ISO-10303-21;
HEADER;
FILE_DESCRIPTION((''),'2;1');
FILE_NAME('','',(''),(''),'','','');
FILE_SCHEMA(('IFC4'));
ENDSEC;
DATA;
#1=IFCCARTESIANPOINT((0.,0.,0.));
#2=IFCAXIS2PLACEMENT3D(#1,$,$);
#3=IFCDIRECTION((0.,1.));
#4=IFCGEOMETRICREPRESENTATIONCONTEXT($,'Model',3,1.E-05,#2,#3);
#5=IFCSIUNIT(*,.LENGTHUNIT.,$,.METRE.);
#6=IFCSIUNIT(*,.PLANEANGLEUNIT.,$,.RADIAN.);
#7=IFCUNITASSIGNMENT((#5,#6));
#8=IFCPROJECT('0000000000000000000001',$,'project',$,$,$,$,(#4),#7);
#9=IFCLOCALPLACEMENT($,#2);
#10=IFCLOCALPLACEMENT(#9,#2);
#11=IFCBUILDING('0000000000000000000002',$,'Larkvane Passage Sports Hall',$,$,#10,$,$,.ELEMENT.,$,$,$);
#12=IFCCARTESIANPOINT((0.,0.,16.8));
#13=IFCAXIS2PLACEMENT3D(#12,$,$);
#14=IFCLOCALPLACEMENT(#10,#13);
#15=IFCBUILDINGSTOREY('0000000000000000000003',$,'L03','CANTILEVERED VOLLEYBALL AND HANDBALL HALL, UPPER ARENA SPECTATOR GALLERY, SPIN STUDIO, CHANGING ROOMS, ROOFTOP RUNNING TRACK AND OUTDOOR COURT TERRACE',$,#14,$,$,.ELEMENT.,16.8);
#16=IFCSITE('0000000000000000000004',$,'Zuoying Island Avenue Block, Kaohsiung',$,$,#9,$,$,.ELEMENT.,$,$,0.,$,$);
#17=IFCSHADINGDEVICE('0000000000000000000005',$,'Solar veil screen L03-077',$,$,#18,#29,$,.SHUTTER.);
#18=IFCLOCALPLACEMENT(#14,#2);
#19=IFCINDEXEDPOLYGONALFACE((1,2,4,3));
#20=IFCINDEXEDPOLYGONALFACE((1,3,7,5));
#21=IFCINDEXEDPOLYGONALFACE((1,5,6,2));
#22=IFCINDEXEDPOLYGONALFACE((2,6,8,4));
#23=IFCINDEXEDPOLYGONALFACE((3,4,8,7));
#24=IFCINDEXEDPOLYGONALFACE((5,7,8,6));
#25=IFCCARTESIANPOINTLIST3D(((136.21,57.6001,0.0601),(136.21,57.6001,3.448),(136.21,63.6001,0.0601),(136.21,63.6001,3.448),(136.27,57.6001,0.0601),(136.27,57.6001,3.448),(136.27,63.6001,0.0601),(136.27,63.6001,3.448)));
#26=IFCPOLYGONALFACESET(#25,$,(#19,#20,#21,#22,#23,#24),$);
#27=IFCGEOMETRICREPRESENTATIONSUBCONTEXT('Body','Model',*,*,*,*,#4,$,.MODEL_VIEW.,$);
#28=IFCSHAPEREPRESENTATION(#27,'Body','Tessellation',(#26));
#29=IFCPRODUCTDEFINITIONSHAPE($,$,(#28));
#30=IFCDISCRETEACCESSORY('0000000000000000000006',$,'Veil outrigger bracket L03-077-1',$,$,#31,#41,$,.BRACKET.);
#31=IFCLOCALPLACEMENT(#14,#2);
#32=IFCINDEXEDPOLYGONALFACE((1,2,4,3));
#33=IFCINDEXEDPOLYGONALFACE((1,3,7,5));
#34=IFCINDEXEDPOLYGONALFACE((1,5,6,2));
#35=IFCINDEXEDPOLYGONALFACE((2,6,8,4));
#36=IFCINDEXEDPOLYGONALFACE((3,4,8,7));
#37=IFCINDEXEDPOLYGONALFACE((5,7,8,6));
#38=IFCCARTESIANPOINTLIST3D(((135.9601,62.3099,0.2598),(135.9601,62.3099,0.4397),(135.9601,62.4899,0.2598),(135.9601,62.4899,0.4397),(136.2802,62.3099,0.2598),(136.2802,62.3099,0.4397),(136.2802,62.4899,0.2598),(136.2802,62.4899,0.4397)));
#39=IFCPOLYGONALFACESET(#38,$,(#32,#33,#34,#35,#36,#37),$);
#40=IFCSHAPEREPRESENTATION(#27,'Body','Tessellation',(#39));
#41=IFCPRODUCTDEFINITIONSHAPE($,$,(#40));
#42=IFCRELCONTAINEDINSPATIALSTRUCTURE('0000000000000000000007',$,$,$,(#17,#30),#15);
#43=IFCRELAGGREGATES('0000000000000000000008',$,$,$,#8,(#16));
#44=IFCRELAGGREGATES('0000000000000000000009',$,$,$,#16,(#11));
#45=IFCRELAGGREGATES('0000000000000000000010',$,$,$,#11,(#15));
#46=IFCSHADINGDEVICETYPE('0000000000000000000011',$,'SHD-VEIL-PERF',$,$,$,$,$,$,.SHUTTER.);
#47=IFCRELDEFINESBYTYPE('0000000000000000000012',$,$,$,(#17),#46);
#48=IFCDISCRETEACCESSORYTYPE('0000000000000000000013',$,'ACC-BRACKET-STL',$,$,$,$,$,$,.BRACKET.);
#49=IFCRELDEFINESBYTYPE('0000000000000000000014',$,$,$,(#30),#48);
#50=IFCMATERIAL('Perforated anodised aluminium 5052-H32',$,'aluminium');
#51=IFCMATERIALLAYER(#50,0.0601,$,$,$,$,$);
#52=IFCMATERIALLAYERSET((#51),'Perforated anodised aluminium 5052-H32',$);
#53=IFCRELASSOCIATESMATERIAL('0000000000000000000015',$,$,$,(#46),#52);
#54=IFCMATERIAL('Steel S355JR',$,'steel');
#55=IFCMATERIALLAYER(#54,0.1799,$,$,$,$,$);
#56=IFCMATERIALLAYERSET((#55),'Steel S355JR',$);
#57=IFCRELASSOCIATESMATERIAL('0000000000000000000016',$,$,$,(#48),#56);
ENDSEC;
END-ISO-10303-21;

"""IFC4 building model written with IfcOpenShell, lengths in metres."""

from ifc_helpers import new_model, si_unit, direction, frame, origin, origin_2d, place, context, subcontext, project, spatial, rectangle, extrude, material, layer, layer_set, type_object, element, save


model = new_model("IFC4")

# Units and contexts
model_context = context("Model", 3, precision=1e-05, world=origin(), true_north=direction((0.0, 1.0)))
body_context = subcontext(model_context, "Body", "Model", "MODEL_VIEW")
ifc_project = project(units=[si_unit("LENGTHUNIT", "METRE"), si_unit("PLANEANGLEUNIT", "RADIAN")], contexts=[model_context])

# Site, building, storey
site_placement = place(None, origin())
site = spatial("IfcSite", under=ifc_project, at=site_placement, Name="Zuoying Island Avenue Block, Kaohsiung", CompositionType="ELEMENT", RefElevation=0.0)
building_placement = place(site_placement, origin())
building = spatial("IfcBuilding", under=site, at=building_placement, Name="Larkvane Passage Sports Hall", CompositionType="ELEMENT")
storey_placement = place(building_placement, frame((0.0, 0.0, 16.8)))
storey = spatial("IfcBuildingStorey", under=building, at=storey_placement, Name="L03", Description="CANTILEVERED VOLLEYBALL AND HANDBALL HALL, UPPER ARENA SPECTATOR GALLERY, SPIN STUDIO, CHANGING ROOMS, ROOFTOP RUNNING TRACK AND OUTDOOR COURT TERRACE", CompositionType="ELEMENT", Elevation=16.8)

# Shading device
ifc_material_1 = material(Name="Perforated anodised aluminium 5052-H32", Category="aluminium")
ifc_layer_1 = layer(ifc_material_1, 0.0601)
ifc_layer_set_1 = layer_set([ifc_layer_1], Name="Perforated anodised aluminium 5052-H32")
shading_device_type = type_object("IfcShadingDeviceType", Name="SHD-VEIL-PERF", PredefinedType="SHUTTER", material=ifc_layer_set_1)
shading_device_placement = place(storey_placement, frame((136.24, 60.6001, 0.0601), z_axis=(0.0, 0.0, 1.0), x_axis=(0.0, -1.0, 0.0)))
element("IfcShadingDevice", 1, at=shading_device_placement, inside=storey, type_object=shading_device_type, Name="Solar veil screen L03-077", PredefinedType="SHUTTER", context=body_context, shape_type="SweptSolid", body=[
    extrude(rectangle(XDim=6.0, YDim=0.0601, at=origin_2d()), origin(), (0.0, 0.0, 1.0), 3.3879),
])

# Discrete accessory
ifc_material_2 = material(Name="Steel S355JR", Category="steel")
ifc_layer_2 = layer(ifc_material_2, 0.1799)
ifc_layer_set_2 = layer_set([ifc_layer_2], Name="Steel S355JR")
discrete_accessory_type = type_object("IfcDiscreteAccessoryType", Name="ACC-BRACKET-STL", PredefinedType="BRACKET", material=ifc_layer_set_2)
discrete_accessory_placement = place(storey_placement, frame((136.1201, 62.3999, 0.2598), z_axis=(0.0, 0.0, 1.0), x_axis=(0.0, -1.0, 0.0)))
element("IfcDiscreteAccessory", 2, at=discrete_accessory_placement, inside=storey, type_object=discrete_accessory_type, Name="Veil outrigger bracket L03-077-1", PredefinedType="BRACKET", context=body_context, shape_type="SweptSolid", body=[
    extrude(rectangle(XDim=0.1799, YDim=0.3201, at=origin_2d()), origin(), (0.0, 0.0, 1.0), 0.1799),
])

save(model, "model.ifc")
